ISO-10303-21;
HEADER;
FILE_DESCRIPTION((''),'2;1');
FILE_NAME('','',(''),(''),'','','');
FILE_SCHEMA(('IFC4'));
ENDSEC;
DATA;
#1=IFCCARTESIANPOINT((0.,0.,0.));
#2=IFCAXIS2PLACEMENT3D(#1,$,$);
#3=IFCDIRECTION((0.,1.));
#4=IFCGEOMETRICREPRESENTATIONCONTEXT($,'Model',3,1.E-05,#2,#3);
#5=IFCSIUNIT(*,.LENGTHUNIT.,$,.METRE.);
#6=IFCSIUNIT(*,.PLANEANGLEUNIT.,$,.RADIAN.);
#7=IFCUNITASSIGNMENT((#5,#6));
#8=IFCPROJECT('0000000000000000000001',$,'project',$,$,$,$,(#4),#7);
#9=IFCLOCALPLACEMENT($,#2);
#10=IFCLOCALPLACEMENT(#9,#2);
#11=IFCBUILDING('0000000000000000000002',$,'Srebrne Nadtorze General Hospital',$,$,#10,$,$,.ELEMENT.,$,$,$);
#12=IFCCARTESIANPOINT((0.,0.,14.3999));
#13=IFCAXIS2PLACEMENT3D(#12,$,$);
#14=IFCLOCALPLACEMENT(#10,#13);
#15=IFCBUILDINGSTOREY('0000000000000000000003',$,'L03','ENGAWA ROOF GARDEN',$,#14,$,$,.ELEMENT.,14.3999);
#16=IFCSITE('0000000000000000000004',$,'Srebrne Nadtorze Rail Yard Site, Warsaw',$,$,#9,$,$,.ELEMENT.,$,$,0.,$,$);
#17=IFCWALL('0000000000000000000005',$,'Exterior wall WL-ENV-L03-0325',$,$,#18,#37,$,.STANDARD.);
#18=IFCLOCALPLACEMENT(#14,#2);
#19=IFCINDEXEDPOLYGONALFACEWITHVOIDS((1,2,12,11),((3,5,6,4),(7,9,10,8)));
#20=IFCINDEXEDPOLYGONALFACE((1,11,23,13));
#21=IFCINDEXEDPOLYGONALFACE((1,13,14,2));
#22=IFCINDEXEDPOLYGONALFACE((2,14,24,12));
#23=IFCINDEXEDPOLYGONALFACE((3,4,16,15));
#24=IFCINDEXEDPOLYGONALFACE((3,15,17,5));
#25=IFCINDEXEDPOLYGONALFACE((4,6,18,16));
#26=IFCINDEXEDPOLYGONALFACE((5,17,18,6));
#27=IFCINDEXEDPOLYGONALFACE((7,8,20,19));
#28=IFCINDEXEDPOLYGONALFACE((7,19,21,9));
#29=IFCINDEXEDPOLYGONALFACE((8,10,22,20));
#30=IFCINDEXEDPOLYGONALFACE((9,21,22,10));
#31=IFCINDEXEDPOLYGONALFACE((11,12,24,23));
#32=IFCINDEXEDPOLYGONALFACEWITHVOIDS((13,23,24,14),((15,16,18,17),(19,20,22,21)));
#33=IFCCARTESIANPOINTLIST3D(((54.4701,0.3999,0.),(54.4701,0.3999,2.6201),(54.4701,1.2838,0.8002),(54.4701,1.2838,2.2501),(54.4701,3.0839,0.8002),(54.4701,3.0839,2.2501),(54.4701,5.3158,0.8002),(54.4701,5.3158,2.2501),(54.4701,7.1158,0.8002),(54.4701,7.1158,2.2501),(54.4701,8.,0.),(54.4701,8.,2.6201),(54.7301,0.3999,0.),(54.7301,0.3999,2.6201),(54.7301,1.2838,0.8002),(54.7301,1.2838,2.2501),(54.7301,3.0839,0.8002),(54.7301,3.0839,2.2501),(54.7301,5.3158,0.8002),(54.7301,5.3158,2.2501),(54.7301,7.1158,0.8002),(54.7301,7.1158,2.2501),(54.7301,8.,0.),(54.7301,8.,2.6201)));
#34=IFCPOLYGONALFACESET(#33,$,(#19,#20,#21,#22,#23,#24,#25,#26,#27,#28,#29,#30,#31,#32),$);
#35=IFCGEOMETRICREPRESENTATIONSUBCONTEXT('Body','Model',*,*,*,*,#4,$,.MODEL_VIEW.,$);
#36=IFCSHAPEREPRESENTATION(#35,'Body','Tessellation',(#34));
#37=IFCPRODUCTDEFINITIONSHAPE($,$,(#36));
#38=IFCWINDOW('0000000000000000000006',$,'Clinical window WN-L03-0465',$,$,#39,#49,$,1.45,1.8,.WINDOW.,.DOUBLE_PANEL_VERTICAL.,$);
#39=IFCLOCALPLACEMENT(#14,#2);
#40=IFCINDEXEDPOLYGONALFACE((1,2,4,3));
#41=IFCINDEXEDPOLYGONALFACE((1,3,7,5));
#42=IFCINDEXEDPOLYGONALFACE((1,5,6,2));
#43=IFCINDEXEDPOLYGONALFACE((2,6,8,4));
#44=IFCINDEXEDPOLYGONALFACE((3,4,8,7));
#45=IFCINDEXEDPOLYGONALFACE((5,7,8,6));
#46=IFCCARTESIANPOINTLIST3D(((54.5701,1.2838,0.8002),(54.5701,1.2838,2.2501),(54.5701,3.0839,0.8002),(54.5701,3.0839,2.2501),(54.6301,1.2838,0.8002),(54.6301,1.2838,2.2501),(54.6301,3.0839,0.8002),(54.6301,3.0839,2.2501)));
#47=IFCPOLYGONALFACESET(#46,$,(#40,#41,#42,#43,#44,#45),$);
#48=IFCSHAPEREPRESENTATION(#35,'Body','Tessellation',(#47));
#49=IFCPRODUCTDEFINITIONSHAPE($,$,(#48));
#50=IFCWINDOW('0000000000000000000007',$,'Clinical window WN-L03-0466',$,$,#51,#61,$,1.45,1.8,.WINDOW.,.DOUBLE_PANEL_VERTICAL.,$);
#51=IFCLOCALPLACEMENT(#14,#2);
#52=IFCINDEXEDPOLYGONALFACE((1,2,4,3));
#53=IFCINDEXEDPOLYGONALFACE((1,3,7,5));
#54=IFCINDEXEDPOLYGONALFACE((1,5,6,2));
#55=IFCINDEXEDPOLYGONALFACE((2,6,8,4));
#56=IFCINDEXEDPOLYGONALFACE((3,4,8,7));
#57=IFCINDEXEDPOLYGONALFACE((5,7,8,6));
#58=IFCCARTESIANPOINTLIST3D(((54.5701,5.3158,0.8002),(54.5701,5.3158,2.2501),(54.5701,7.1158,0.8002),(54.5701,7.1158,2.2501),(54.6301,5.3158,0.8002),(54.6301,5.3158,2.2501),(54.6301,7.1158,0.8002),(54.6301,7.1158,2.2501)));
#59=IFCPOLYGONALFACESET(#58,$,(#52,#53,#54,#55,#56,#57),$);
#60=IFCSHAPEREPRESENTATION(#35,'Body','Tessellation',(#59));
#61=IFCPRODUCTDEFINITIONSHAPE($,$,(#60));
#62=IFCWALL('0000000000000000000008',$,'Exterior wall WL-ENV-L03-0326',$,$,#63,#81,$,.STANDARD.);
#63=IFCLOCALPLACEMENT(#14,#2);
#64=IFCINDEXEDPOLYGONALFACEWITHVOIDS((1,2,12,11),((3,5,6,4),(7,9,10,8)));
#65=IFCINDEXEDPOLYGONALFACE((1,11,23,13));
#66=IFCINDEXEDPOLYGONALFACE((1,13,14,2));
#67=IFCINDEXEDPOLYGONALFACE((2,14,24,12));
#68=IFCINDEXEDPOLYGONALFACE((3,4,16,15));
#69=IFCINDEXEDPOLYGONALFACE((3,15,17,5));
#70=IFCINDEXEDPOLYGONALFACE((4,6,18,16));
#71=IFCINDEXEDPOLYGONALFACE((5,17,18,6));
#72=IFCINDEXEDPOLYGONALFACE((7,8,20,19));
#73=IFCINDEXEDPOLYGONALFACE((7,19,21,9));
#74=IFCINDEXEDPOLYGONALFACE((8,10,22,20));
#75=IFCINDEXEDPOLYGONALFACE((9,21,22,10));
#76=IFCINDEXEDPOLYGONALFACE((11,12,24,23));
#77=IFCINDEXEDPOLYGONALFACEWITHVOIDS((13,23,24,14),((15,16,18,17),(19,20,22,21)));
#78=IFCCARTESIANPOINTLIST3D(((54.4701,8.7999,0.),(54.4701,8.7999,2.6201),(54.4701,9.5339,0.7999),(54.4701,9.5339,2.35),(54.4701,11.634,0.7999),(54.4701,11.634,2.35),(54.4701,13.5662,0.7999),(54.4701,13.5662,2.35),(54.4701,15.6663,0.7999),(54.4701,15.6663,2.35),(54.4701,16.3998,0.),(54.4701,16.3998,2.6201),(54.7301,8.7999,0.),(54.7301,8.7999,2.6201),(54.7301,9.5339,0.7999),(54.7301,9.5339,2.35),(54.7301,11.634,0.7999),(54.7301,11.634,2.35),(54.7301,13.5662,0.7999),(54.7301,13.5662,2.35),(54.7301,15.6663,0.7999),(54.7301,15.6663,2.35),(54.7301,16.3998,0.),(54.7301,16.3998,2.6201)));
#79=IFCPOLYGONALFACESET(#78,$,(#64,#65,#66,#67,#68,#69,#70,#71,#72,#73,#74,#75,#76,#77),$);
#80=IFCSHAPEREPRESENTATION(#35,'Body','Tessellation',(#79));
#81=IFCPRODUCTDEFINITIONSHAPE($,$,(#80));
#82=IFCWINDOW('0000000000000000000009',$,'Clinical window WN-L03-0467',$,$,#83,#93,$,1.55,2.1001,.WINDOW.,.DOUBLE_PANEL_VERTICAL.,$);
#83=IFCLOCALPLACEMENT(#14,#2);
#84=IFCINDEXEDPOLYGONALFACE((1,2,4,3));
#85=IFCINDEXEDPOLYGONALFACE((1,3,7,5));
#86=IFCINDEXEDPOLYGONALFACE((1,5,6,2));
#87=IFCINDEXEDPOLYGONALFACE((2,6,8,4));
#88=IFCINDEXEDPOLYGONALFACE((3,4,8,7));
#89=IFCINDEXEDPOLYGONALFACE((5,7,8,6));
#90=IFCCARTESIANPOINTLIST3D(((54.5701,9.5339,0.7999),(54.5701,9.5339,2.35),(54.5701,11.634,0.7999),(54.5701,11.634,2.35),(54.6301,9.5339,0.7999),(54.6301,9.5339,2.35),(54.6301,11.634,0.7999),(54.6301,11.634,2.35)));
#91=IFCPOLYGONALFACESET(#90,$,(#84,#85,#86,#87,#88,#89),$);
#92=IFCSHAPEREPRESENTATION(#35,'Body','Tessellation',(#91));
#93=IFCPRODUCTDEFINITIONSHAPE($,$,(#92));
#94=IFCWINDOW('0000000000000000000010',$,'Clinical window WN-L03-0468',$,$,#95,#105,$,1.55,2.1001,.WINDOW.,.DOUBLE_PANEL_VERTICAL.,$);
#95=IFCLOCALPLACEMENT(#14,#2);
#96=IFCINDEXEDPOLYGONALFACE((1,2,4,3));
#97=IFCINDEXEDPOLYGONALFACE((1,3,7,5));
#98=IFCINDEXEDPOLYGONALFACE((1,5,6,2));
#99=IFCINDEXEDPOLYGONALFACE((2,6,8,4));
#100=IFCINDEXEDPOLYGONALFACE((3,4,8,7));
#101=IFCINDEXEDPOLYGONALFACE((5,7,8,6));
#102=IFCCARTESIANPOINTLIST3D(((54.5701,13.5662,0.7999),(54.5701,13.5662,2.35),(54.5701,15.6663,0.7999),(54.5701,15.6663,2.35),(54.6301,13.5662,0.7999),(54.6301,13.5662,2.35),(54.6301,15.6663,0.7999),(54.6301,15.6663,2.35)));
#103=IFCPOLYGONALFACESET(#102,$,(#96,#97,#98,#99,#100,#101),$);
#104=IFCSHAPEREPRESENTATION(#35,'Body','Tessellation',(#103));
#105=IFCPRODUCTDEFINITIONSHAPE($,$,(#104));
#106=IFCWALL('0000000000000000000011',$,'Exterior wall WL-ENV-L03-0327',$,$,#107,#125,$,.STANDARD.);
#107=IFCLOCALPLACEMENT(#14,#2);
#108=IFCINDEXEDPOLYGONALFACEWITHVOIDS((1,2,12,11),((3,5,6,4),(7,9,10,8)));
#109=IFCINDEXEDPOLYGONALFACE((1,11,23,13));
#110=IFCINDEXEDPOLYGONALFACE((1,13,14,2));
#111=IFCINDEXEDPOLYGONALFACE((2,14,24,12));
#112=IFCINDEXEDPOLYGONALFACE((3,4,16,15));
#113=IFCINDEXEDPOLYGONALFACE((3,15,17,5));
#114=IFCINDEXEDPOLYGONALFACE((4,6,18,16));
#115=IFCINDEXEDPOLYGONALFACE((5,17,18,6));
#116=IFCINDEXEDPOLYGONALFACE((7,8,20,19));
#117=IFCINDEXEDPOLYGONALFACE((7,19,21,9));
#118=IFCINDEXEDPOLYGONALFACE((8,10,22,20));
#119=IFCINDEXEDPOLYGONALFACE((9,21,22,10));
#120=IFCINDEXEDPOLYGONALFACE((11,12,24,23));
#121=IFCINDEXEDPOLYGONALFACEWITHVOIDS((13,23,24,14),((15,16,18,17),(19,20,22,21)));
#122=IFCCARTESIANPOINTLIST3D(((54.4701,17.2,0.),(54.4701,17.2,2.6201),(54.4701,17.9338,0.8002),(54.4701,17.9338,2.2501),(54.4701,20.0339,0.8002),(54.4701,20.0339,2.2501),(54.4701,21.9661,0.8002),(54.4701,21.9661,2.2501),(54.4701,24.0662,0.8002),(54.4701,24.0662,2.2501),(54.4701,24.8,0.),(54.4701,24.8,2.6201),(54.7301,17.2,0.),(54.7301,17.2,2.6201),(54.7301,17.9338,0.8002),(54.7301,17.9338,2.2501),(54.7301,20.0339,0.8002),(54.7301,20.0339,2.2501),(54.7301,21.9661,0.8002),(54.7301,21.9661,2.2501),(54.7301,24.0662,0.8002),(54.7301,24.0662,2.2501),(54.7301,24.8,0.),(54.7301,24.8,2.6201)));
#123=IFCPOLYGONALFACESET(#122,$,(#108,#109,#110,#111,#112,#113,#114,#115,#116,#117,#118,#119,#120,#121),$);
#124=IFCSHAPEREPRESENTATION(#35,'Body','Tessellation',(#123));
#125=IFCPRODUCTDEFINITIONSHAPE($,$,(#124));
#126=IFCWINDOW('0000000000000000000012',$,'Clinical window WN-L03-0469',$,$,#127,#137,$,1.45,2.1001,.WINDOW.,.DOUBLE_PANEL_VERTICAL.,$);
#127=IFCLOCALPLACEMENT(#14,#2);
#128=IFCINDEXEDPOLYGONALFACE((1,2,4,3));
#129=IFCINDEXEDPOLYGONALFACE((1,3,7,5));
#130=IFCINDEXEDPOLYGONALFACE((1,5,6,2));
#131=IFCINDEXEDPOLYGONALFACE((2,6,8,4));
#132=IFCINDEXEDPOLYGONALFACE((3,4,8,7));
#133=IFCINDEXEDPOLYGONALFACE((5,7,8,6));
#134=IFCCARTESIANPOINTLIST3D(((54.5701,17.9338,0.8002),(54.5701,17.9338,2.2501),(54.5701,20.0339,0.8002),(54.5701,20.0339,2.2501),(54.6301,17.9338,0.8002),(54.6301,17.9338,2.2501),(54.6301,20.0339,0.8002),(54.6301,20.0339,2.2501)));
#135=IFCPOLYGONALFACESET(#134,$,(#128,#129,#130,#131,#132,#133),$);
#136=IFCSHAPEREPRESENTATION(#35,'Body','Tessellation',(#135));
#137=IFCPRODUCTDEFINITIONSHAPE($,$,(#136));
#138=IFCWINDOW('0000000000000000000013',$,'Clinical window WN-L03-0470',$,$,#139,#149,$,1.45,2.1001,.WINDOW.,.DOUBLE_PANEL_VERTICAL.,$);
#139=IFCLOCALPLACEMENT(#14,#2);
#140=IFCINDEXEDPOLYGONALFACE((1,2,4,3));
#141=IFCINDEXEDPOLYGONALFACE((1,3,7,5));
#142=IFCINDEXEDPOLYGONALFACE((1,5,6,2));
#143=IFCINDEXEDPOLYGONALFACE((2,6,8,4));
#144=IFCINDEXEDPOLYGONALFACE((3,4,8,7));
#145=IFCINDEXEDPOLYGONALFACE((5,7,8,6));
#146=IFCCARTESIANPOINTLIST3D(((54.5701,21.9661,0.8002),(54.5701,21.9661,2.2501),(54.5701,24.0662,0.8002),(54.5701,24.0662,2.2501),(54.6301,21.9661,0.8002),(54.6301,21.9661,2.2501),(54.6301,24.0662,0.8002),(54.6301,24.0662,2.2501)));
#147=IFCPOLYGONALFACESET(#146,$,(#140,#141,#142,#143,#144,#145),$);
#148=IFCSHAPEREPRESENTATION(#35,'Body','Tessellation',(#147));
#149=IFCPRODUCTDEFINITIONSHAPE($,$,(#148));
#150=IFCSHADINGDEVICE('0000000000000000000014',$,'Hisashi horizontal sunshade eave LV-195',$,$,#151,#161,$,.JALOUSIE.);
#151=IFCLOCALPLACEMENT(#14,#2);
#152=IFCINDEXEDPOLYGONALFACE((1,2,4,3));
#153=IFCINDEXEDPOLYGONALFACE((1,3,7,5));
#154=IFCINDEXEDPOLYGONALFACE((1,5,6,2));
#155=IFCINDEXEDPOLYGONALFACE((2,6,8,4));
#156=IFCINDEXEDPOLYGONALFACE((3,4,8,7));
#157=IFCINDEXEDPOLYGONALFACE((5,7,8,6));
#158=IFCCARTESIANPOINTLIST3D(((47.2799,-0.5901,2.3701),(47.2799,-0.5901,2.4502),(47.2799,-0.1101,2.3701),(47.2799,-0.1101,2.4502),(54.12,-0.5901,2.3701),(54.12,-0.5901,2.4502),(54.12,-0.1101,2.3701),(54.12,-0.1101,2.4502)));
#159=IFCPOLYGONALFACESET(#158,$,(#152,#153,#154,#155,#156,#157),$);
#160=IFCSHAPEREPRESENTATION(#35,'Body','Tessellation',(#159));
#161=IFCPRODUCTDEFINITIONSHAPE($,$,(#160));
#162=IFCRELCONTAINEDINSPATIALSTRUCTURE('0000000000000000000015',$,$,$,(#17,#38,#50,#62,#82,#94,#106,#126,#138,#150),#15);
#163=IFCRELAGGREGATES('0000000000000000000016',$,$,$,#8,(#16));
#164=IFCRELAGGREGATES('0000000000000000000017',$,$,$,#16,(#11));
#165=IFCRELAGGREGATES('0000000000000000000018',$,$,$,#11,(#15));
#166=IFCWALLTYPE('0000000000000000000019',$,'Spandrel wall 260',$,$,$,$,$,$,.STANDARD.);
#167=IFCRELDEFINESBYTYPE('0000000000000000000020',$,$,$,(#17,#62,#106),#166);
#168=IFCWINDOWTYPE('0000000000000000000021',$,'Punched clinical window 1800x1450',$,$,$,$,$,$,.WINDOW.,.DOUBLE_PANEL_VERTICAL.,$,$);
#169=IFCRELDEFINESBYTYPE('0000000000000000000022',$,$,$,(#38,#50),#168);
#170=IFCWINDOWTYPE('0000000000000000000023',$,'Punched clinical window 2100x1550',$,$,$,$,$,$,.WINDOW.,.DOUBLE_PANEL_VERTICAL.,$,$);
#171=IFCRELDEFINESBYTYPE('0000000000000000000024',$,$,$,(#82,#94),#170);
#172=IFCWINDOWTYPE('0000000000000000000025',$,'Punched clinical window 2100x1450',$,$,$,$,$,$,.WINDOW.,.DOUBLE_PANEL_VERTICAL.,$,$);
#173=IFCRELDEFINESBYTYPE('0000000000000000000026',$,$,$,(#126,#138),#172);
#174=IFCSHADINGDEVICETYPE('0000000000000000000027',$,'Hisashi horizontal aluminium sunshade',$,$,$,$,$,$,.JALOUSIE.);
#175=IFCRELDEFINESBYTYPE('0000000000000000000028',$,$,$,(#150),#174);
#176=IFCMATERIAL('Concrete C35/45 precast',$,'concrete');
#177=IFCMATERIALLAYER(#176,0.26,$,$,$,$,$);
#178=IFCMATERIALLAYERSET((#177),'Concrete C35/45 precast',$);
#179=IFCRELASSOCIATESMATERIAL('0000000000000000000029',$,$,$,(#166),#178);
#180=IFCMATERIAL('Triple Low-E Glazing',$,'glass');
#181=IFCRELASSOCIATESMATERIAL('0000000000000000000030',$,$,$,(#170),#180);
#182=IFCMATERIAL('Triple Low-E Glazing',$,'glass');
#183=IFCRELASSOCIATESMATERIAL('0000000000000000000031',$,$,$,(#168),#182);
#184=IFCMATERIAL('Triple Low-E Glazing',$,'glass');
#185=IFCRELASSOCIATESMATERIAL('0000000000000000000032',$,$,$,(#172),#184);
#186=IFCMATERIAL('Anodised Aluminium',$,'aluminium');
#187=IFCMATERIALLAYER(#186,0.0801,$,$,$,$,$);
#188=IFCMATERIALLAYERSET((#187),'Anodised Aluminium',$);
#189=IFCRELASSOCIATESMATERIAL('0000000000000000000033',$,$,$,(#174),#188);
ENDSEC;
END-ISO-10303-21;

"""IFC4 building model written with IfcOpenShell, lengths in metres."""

from ifc_helpers import new_model, si_unit, direction, frame, frame_2d, origin, origin_2d, place, context, subcontext, project, spatial, rectangle, extrude, material, layer, layer_set, type_object, element, fill, save


model = new_model("IFC4")

# Units and contexts
model_context = context("Model", 3, precision=1e-05, world=origin(), true_north=direction((0.0, 1.0)))
body_context = subcontext(model_context, "Body", "Model", "MODEL_VIEW")
ifc_project = project(units=[si_unit("LENGTHUNIT", "METRE"), si_unit("PLANEANGLEUNIT", "RADIAN")], contexts=[model_context])

# Site, building, storey
site_placement = place(None, origin())
site = spatial("IfcSite", under=ifc_project, at=site_placement, Name="Srebrne Nadtorze Rail Yard Site, Warsaw", CompositionType="ELEMENT", RefElevation=0.0)
building_placement = place(site_placement, origin())
building = spatial("IfcBuilding", under=site, at=building_placement, Name="Srebrne Nadtorze General Hospital", CompositionType="ELEMENT")
storey_placement = place(building_placement, frame((0.0, 0.0, 14.3999)))
storey = spatial("IfcBuildingStorey", under=building, at=storey_placement, Name="L03", Description="ENGAWA ROOF GARDEN", CompositionType="ELEMENT", Elevation=14.3999)

# Walls, openings, windows
ifc_material_1 = material(Name="Concrete C35/45 precast", Category="concrete")
ifc_layer_1 = layer(ifc_material_1, 0.26)
ifc_layer_set_1 = layer_set([ifc_layer_1], Name="Concrete C35/45 precast")
wall_type = type_object("IfcWallType", Name="Spandrel wall 260", PredefinedType="STANDARD", material=ifc_layer_set_1)
ifc_material_2 = material(Name="Triple Low-E Glazing", Category="glass")
window_type_1 = type_object("IfcWindowType", Name="Punched clinical window 2100x1550", PartitioningType="DOUBLE_PANEL_VERTICAL", PredefinedType="WINDOW", material=ifc_material_2)
wall_1_placement = place(storey_placement, frame((54.6001, 0.3999, 0.0), z_axis=(0.0, 0.0, 1.0), x_axis=(0.0, 1.0, 0.0)))
wall_1 = element("IfcWall", 1, at=wall_1_placement, inside=storey, type_object=wall_type, Name="Exterior wall WL-ENV-L03-0325", PredefinedType="STANDARD", context=body_context, shape_type="SweptSolid", body=[
    extrude(rectangle(XDim=7.6001, YDim=0.26, at=frame_2d((3.8, 0.0))), origin(), (0.0, 0.0, 1.0), 2.6201),
])
opening_1_placement = place(wall_1_placement, frame((0.884, 0.0, 0.8)))
opening_1 = element("IfcOpeningElement", 2, at=opening_1_placement, cuts=wall_1, PredefinedType="OPENING", context=body_context, shape_type="SweptSolid", body=[
    extrude(rectangle(XDim=1.8, YDim=1.45, at=frame_2d((0.8999, 0.7251))), frame((0.0, 0.1421, 0.0), z_axis=(0.0, -1.0, 0.0), x_axis=(1.0, 0.0, 0.0)), (0.0, 0.0, 1.0), 0.2839),
])
opening_2_placement = place(wall_1_placement, frame((4.916, 0.0, 0.8)))
opening_2 = element("IfcOpeningElement", 3, at=opening_2_placement, cuts=wall_1, PredefinedType="OPENING", context=body_context, shape_type="SweptSolid", body=[
    extrude(rectangle(XDim=1.8, YDim=1.45, at=frame_2d((0.8999, 0.7251))), frame((0.0, 0.1421, 0.0), z_axis=(0.0, -1.0, 0.0), x_axis=(1.0, 0.0, 0.0)), (0.0, 0.0, 1.0), 0.2839),
])
ifc_material_3 = material(Name="Triple Low-E Glazing", Category="glass")
window_type_2 = type_object("IfcWindowType", Name="Punched clinical window 1800x1450", PartitioningType="DOUBLE_PANEL_VERTICAL", PredefinedType="WINDOW", material=ifc_material_3)
window_1_placement = place(opening_1_placement, origin())
window_1 = element("IfcWindow", 4, at=window_1_placement, inside=storey, type_object=window_type_2, Name="Clinical window WN-L03-0465", OverallHeight=1.45, OverallWidth=1.8, PartitioningType="DOUBLE_PANEL_VERTICAL", PredefinedType="WINDOW", context=body_context, shape_type="SweptSolid", body=[
    extrude(rectangle(XDim=1.8, YDim=1.45, at=frame_2d((0.8999, 0.7251))), frame((0.0, 0.03, 0.0), z_axis=(0.0, -1.0, 0.0), x_axis=(1.0, 0.0, 0.0)), (0.0, 0.0, 1.0), 0.0601),
])
fill(opening_1, window_1)
window_2_placement = place(opening_2_placement, origin())
window_2 = element("IfcWindow", 5, at=window_2_placement, inside=storey, type_object=window_type_2, Name="Clinical window WN-L03-0466", OverallHeight=1.45, OverallWidth=1.8, PartitioningType="DOUBLE_PANEL_VERTICAL", PredefinedType="WINDOW", context=body_context, shape_type="SweptSolid", body=[
    extrude(rectangle(XDim=1.8, YDim=1.45, at=frame_2d((0.8999, 0.7251))), frame((0.0, 0.03, 0.0), z_axis=(0.0, -1.0, 0.0), x_axis=(1.0, 0.0, 0.0)), (0.0, 0.0, 1.0), 0.0601),
])
fill(opening_2, window_2)
wall_2_placement = place(storey_placement, frame((54.6001, 8.8, 0.0), z_axis=(0.0, 0.0, 1.0), x_axis=(0.0, 1.0, 0.0)))
wall_2 = element("IfcWall", 6, at=wall_2_placement, inside=storey, type_object=wall_type, Name="Exterior wall WL-ENV-L03-0326", PredefinedType="STANDARD", context=body_context, shape_type="SweptSolid", body=[
    extrude(rectangle(XDim=7.5999, YDim=0.26, at=frame_2d((3.7998, 0.0))), origin(), (0.0, 0.0, 1.0), 2.6201),
])
opening_3_placement = place(wall_2_placement, frame((0.7339, 0.0, 0.8)))
opening_3 = element("IfcOpeningElement", 7, at=opening_3_placement, cuts=wall_2, PredefinedType="OPENING", context=body_context, shape_type="SweptSolid", body=[
    extrude(rectangle(XDim=2.1001, YDim=1.55, at=frame_2d((1.05, 0.7749))), frame((0.0, 0.1421, 0.0), z_axis=(0.0, -1.0, 0.0), x_axis=(1.0, 0.0, 0.0)), (0.0, 0.0, 1.0), 0.2839),
])
opening_4_placement = place(wall_2_placement, frame((4.7661, 0.0, 0.8)))
opening_4 = element("IfcOpeningElement", 8, at=opening_4_placement, cuts=wall_2, PredefinedType="OPENING", context=body_context, shape_type="SweptSolid", body=[
    extrude(rectangle(XDim=2.1001, YDim=1.55, at=frame_2d((1.05, 0.7749))), frame((0.0, 0.1421, 0.0), z_axis=(0.0, -1.0, 0.0), x_axis=(1.0, 0.0, 0.0)), (0.0, 0.0, 1.0), 0.2839),
])
window_3_placement = place(opening_3_placement, origin())
window_3 = element("IfcWindow", 9, at=window_3_placement, inside=storey, type_object=window_type_1, Name="Clinical window WN-L03-0467", OverallHeight=1.55, OverallWidth=2.1001, PartitioningType="DOUBLE_PANEL_VERTICAL", PredefinedType="WINDOW", context=body_context, shape_type="SweptSolid", body=[
    extrude(rectangle(XDim=2.1001, YDim=1.55, at=frame_2d((1.05, 0.7749))), frame((0.0, 0.03, 0.0), z_axis=(0.0, -1.0, 0.0), x_axis=(1.0, 0.0, 0.0)), (0.0, 0.0, 1.0), 0.0601),
])
fill(opening_3, window_3)
window_4_placement = place(opening_4_placement, origin())
window_4 = element("IfcWindow", 10, at=window_4_placement, inside=storey, type_object=window_type_1, Name="Clinical window WN-L03-0468", OverallHeight=1.55, OverallWidth=2.1001, PartitioningType="DOUBLE_PANEL_VERTICAL", PredefinedType="WINDOW", context=body_context, shape_type="SweptSolid", body=[
    extrude(rectangle(XDim=2.1001, YDim=1.55, at=frame_2d((1.05, 0.7749))), frame((0.0, 0.03, 0.0), z_axis=(0.0, -1.0, 0.0), x_axis=(1.0, 0.0, 0.0)), (0.0, 0.0, 1.0), 0.0601),
])
fill(opening_4, window_4)
wall_3_placement = place(storey_placement, frame((54.6001, 17.2, 0.0), z_axis=(0.0, 0.0, 1.0), x_axis=(0.0, 1.0, 0.0)))
wall_3 = element("IfcWall", 11, at=wall_3_placement, inside=storey, type_object=wall_type, Name="Exterior wall WL-ENV-L03-0327", PredefinedType="STANDARD", context=body_context, shape_type="SweptSolid", body=[
    extrude(rectangle(XDim=7.6001, YDim=0.26, at=frame_2d((3.8, 0.0))), origin(), (0.0, 0.0, 1.0), 2.6201),
])
opening_5_placement = place(wall_3_placement, frame((0.7339, 0.0, 0.8)))
opening_5 = element("IfcOpeningElement", 12, at=opening_5_placement, cuts=wall_3, PredefinedType="OPENING", context=body_context, shape_type="SweptSolid", body=[
    extrude(rectangle(XDim=2.1001, YDim=1.45, at=frame_2d((1.05, 0.7251))), frame((0.0, 0.1421, 0.0), z_axis=(0.0, -1.0, 0.0), x_axis=(1.0, 0.0, 0.0)), (0.0, 0.0, 1.0), 0.2839),
])
opening_6_placement = place(wall_3_placement, frame((4.7661, 0.0, 0.8)))
opening_6 = element("IfcOpeningElement", 13, at=opening_6_placement, cuts=wall_3, PredefinedType="OPENING", context=body_context, shape_type="SweptSolid", body=[
    extrude(rectangle(XDim=2.1001, YDim=1.45, at=frame_2d((1.05, 0.7251))), frame((0.0, 0.1421, 0.0), z_axis=(0.0, -1.0, 0.0), x_axis=(1.0, 0.0, 0.0)), (0.0, 0.0, 1.0), 0.2839),
])
ifc_material_4 = material(Name="Triple Low-E Glazing", Category="glass")
window_type_3 = type_object("IfcWindowType", Name="Punched clinical window 2100x1450", PartitioningType="DOUBLE_PANEL_VERTICAL", PredefinedType="WINDOW", material=ifc_material_4)
window_5_placement = place(opening_5_placement, origin())
window_5 = element("IfcWindow", 14, at=window_5_placement, inside=storey, type_object=window_type_3, Name="Clinical window WN-L03-0469", OverallHeight=1.45, OverallWidth=2.1001, PartitioningType="DOUBLE_PANEL_VERTICAL", PredefinedType="WINDOW", context=body_context, shape_type="SweptSolid", body=[
    extrude(rectangle(XDim=2.1001, YDim=1.45, at=frame_2d((1.05, 0.7251))), frame((0.0, 0.03, 0.0), z_axis=(0.0, -1.0, 0.0), x_axis=(1.0, 0.0, 0.0)), (0.0, 0.0, 1.0), 0.0601),
])
fill(opening_5, window_5)
window_6_placement = place(opening_6_placement, origin())
window_6 = element("IfcWindow", 15, at=window_6_placement, inside=storey, type_object=window_type_3, Name="Clinical window WN-L03-0470", OverallHeight=1.45, OverallWidth=2.1001, PartitioningType="DOUBLE_PANEL_VERTICAL", PredefinedType="WINDOW", context=body_context, shape_type="SweptSolid", body=[
    extrude(rectangle(XDim=2.1001, YDim=1.45, at=frame_2d((1.05, 0.7251))), frame((0.0, 0.03, 0.0), z_axis=(0.0, -1.0, 0.0), x_axis=(1.0, 0.0, 0.0)), (0.0, 0.0, 1.0), 0.0601),
])
fill(opening_6, window_6)

# Shading device
ifc_material_5 = material(Name="Anodised Aluminium", Category="aluminium")
ifc_layer_2 = layer(ifc_material_5, 0.0801)
ifc_layer_set_2 = layer_set([ifc_layer_2], Name="Anodised Aluminium")
shading_device_type = type_object("IfcShadingDeviceType", Name="Hisashi horizontal aluminium sunshade", PredefinedType="JALOUSIE", material=ifc_layer_set_2)
shading_device_placement = place(storey_placement, frame((50.7, -0.3501, 2.3701), z_axis=(0.0, 0.0, 1.0), x_axis=(1.0, 0.0, 0.0)))
element("IfcShadingDevice", 16, at=shading_device_placement, inside=storey, type_object=shading_device_type, Name="Hisashi horizontal sunshade eave LV-195", PredefinedType="JALOUSIE", context=body_context, shape_type="SweptSolid", body=[
    extrude(rectangle(XDim=6.8401, YDim=0.48, at=origin_2d()), origin(), (0.0, 0.0, 1.0), 0.0801),
])

save(model, "model.ifc")
